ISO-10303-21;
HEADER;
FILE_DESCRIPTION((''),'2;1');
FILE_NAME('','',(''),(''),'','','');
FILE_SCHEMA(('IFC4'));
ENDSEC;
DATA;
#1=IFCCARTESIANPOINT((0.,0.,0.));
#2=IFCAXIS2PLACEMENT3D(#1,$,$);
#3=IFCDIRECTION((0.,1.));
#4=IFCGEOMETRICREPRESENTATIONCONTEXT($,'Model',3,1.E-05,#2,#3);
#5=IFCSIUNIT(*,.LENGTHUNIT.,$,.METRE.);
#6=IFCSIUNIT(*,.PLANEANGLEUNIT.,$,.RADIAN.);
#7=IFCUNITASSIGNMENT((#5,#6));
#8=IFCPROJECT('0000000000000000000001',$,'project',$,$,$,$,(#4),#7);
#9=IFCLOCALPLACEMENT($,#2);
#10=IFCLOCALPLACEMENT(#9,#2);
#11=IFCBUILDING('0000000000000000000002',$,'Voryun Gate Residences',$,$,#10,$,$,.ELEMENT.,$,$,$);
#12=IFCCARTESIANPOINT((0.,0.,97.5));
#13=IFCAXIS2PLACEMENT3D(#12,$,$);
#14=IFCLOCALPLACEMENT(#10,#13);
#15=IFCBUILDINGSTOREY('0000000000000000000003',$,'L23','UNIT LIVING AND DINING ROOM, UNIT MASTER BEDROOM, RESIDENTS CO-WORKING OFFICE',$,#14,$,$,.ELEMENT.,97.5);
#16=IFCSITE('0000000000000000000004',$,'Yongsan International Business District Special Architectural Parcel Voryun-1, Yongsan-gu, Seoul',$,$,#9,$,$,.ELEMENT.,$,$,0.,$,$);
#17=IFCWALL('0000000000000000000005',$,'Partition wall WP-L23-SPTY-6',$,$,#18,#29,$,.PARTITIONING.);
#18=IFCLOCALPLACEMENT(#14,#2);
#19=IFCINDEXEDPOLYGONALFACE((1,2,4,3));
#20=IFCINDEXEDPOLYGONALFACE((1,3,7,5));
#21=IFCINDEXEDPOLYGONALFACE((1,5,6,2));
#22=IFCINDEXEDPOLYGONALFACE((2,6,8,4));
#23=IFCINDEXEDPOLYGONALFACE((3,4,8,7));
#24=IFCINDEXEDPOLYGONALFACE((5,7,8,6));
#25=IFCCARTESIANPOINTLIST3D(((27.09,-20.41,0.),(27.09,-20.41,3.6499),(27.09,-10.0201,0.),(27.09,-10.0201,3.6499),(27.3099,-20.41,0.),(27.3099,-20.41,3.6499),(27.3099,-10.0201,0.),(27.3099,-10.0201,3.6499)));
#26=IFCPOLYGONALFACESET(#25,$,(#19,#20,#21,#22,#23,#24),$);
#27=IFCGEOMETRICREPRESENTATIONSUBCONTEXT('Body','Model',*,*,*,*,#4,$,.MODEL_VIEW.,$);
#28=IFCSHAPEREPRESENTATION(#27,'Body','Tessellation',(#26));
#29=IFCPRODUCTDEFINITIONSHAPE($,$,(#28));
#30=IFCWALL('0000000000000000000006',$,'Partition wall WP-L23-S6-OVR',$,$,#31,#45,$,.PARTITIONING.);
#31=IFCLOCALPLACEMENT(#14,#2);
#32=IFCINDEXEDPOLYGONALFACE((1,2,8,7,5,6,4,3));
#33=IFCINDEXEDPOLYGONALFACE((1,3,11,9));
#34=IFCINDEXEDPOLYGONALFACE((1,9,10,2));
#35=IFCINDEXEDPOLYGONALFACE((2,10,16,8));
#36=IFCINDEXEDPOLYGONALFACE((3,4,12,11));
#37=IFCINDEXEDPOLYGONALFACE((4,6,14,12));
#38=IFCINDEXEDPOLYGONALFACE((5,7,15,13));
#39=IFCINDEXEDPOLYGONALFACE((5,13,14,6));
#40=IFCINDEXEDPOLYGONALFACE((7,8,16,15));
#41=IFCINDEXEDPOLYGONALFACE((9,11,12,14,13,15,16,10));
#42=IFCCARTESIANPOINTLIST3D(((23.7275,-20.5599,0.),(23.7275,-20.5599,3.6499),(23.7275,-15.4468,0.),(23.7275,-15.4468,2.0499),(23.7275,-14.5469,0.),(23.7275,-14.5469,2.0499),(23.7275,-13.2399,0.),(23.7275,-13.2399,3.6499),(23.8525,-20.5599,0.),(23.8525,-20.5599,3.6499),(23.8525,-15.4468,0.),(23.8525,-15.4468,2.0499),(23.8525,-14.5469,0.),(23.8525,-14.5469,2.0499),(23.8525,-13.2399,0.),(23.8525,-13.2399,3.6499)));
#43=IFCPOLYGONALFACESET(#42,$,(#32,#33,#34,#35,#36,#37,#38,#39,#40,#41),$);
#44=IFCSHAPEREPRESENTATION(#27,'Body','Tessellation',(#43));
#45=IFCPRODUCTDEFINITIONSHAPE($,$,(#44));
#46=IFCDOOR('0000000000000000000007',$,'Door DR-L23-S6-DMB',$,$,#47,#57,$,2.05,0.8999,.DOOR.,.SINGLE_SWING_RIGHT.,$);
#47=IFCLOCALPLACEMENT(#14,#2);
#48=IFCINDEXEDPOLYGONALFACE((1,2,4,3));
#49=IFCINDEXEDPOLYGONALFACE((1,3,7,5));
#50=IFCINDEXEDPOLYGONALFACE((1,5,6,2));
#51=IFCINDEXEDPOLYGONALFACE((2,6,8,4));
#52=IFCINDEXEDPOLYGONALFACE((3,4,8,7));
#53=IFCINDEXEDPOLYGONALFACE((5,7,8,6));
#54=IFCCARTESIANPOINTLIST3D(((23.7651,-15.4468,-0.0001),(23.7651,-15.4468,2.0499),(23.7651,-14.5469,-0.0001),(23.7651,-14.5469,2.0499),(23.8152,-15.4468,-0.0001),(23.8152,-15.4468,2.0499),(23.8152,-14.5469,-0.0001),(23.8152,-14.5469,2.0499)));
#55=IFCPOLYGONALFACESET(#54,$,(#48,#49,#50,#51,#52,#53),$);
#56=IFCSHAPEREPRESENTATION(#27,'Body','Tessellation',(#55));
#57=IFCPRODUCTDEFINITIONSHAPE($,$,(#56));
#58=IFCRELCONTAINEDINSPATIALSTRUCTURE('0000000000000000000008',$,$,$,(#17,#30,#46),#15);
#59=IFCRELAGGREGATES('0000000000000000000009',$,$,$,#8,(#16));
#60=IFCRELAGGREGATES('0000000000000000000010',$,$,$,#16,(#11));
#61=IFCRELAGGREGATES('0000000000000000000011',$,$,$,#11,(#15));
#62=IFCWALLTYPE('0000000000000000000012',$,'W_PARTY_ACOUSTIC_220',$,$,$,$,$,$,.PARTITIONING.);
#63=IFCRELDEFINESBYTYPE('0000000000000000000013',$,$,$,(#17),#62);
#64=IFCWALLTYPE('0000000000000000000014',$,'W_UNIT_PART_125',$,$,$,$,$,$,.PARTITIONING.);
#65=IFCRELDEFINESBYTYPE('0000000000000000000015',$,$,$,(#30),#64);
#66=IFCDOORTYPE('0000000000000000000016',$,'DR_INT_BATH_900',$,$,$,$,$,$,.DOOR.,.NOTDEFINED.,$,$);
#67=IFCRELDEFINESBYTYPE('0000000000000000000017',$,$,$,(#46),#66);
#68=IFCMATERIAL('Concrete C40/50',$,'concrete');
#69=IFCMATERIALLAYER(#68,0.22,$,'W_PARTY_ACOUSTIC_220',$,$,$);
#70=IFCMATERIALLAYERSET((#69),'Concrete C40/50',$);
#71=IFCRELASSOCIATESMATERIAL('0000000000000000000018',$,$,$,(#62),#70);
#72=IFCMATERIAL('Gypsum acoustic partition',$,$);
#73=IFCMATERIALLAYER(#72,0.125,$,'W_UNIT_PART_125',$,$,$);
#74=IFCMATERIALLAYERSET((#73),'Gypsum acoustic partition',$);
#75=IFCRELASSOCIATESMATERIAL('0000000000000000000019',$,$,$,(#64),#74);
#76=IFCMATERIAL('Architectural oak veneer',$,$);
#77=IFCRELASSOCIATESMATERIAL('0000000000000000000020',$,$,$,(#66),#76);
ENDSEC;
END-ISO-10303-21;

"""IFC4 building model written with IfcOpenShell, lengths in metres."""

from ifc_helpers import new_model, si_unit, direction, frame, frame_2d, origin, place, context, subcontext, project, spatial, rectangle, extrude, material, layer, layer_set, type_object, element, fill, save


model = new_model("IFC4")

# Units and contexts
model_context = context("Model", 3, precision=1e-05, world=origin(), true_north=direction((0.0, 1.0)))
body_context = subcontext(model_context, "Body", "Model", "MODEL_VIEW")
ifc_project = project(units=[si_unit("LENGTHUNIT", "METRE"), si_unit("PLANEANGLEUNIT", "RADIAN")], contexts=[model_context])

# Site, building, storey
site_placement = place(None, origin())
site = spatial("IfcSite", under=ifc_project, at=site_placement, Name="Yongsan International Business District Special Architectural Parcel Voryun-1, Yongsan-gu, Seoul", CompositionType="ELEMENT", RefElevation=0.0)
building_placement = place(site_placement, origin())
building = spatial("IfcBuilding", under=site, at=building_placement, Name="Voryun Gate Residences", CompositionType="ELEMENT")
storey_placement = place(building_placement, frame((0.0, 0.0, 97.5)))
storey = spatial("IfcBuildingStorey", under=building, at=storey_placement, Name="L23", Description="UNIT LIVING AND DINING ROOM, UNIT MASTER BEDROOM, RESIDENTS CO-WORKING OFFICE", CompositionType="ELEMENT", Elevation=97.5)

# Wall
ifc_material_1 = material(Name="Concrete C40/50", Category="concrete")
ifc_layer_1 = layer(ifc_material_1, 0.22, Name="W_PARTY_ACOUSTIC_220")
ifc_layer_set_1 = layer_set([ifc_layer_1], Name="Concrete C40/50")
wall_type_1 = type_object("IfcWallType", Name="W_PARTY_ACOUSTIC_220", PredefinedType="PARTITIONING", material=ifc_layer_set_1)
wall_1_placement = place(storey_placement, frame((27.2, -20.4099, 0.0), z_axis=(0.0, 0.0, 1.0), x_axis=(0.0, 1.0, 0.0)))
element("IfcWall", 1, at=wall_1_placement, inside=storey, type_object=wall_type_1, Name="Partition wall WP-L23-SPTY-6", PredefinedType="PARTITIONING", context=body_context, shape_type="SweptSolid", body=[
    extrude(rectangle(XDim=10.3899, YDim=0.22, at=frame_2d((5.1948, 0.0))), origin(), (0.0, 0.0, 1.0), 3.6499),
])

# Wall, opening, door
ifc_material_2 = material(Name="Gypsum acoustic partition")
ifc_layer_2 = layer(ifc_material_2, 0.125, Name="W_UNIT_PART_125")
ifc_layer_set_2 = layer_set([ifc_layer_2], Name="Gypsum acoustic partition")
wall_type_2 = type_object("IfcWallType", Name="W_UNIT_PART_125", PredefinedType="PARTITIONING", material=ifc_layer_set_2)
wall_2_placement = place(storey_placement, frame((23.79, -20.5601, 0.0), z_axis=(0.0, 0.0, 1.0), x_axis=(0.0, 1.0, 0.0)))
wall_2 = element("IfcWall", 2, at=wall_2_placement, inside=storey, type_object=wall_type_2, Name="Partition wall WP-L23-S6-OVR", PredefinedType="PARTITIONING", context=body_context, shape_type="SweptSolid", body=[
    extrude(rectangle(XDim=7.3201, YDim=0.125, at=frame_2d((3.6602, 0.0))), origin(), (0.0, 0.0, 1.0), 3.6499),
])
opening_placement = place(wall_2_placement, frame((5.1133, 0.0, 0.0)))
opening = element("IfcOpeningElement", 3, at=opening_placement, cuts=wall_2, PredefinedType="OPENING", context=body_context, shape_type="SweptSolid", body=[
    extrude(rectangle(XDim=0.8999, YDim=2.05, at=frame_2d((0.45, 1.0249))), frame((0.0, 0.0725, 0.0), z_axis=(0.0, -1.0, 0.0), x_axis=(1.0, 0.0, 0.0)), (0.0, 0.0, 1.0), 0.145),
])
ifc_material_3 = material(Name="Architectural oak veneer")
door_type = type_object("IfcDoorType", Name="DR_INT_BATH_900", OperationType="NOTDEFINED", PredefinedType="DOOR", material=ifc_material_3)
door_placement = place(opening_placement, origin())
door = element("IfcDoor", 4, at=door_placement, inside=storey, type_object=door_type, Name="Door DR-L23-S6-DMB", OperationType="SINGLE_SWING_RIGHT", OverallHeight=2.05, OverallWidth=0.8999, PredefinedType="DOOR", context=body_context, shape_type="SweptSolid", body=[
    extrude(rectangle(XDim=0.8999, YDim=2.05, at=frame_2d((0.45, 1.0249))), frame((0.0, 0.0249, 0.0), z_axis=(0.0, -1.0, 0.0), x_axis=(1.0, 0.0, 0.0)), (0.0, 0.0, 1.0), 0.05),
])
fill(opening, door)

save(model, "model.ifc")
